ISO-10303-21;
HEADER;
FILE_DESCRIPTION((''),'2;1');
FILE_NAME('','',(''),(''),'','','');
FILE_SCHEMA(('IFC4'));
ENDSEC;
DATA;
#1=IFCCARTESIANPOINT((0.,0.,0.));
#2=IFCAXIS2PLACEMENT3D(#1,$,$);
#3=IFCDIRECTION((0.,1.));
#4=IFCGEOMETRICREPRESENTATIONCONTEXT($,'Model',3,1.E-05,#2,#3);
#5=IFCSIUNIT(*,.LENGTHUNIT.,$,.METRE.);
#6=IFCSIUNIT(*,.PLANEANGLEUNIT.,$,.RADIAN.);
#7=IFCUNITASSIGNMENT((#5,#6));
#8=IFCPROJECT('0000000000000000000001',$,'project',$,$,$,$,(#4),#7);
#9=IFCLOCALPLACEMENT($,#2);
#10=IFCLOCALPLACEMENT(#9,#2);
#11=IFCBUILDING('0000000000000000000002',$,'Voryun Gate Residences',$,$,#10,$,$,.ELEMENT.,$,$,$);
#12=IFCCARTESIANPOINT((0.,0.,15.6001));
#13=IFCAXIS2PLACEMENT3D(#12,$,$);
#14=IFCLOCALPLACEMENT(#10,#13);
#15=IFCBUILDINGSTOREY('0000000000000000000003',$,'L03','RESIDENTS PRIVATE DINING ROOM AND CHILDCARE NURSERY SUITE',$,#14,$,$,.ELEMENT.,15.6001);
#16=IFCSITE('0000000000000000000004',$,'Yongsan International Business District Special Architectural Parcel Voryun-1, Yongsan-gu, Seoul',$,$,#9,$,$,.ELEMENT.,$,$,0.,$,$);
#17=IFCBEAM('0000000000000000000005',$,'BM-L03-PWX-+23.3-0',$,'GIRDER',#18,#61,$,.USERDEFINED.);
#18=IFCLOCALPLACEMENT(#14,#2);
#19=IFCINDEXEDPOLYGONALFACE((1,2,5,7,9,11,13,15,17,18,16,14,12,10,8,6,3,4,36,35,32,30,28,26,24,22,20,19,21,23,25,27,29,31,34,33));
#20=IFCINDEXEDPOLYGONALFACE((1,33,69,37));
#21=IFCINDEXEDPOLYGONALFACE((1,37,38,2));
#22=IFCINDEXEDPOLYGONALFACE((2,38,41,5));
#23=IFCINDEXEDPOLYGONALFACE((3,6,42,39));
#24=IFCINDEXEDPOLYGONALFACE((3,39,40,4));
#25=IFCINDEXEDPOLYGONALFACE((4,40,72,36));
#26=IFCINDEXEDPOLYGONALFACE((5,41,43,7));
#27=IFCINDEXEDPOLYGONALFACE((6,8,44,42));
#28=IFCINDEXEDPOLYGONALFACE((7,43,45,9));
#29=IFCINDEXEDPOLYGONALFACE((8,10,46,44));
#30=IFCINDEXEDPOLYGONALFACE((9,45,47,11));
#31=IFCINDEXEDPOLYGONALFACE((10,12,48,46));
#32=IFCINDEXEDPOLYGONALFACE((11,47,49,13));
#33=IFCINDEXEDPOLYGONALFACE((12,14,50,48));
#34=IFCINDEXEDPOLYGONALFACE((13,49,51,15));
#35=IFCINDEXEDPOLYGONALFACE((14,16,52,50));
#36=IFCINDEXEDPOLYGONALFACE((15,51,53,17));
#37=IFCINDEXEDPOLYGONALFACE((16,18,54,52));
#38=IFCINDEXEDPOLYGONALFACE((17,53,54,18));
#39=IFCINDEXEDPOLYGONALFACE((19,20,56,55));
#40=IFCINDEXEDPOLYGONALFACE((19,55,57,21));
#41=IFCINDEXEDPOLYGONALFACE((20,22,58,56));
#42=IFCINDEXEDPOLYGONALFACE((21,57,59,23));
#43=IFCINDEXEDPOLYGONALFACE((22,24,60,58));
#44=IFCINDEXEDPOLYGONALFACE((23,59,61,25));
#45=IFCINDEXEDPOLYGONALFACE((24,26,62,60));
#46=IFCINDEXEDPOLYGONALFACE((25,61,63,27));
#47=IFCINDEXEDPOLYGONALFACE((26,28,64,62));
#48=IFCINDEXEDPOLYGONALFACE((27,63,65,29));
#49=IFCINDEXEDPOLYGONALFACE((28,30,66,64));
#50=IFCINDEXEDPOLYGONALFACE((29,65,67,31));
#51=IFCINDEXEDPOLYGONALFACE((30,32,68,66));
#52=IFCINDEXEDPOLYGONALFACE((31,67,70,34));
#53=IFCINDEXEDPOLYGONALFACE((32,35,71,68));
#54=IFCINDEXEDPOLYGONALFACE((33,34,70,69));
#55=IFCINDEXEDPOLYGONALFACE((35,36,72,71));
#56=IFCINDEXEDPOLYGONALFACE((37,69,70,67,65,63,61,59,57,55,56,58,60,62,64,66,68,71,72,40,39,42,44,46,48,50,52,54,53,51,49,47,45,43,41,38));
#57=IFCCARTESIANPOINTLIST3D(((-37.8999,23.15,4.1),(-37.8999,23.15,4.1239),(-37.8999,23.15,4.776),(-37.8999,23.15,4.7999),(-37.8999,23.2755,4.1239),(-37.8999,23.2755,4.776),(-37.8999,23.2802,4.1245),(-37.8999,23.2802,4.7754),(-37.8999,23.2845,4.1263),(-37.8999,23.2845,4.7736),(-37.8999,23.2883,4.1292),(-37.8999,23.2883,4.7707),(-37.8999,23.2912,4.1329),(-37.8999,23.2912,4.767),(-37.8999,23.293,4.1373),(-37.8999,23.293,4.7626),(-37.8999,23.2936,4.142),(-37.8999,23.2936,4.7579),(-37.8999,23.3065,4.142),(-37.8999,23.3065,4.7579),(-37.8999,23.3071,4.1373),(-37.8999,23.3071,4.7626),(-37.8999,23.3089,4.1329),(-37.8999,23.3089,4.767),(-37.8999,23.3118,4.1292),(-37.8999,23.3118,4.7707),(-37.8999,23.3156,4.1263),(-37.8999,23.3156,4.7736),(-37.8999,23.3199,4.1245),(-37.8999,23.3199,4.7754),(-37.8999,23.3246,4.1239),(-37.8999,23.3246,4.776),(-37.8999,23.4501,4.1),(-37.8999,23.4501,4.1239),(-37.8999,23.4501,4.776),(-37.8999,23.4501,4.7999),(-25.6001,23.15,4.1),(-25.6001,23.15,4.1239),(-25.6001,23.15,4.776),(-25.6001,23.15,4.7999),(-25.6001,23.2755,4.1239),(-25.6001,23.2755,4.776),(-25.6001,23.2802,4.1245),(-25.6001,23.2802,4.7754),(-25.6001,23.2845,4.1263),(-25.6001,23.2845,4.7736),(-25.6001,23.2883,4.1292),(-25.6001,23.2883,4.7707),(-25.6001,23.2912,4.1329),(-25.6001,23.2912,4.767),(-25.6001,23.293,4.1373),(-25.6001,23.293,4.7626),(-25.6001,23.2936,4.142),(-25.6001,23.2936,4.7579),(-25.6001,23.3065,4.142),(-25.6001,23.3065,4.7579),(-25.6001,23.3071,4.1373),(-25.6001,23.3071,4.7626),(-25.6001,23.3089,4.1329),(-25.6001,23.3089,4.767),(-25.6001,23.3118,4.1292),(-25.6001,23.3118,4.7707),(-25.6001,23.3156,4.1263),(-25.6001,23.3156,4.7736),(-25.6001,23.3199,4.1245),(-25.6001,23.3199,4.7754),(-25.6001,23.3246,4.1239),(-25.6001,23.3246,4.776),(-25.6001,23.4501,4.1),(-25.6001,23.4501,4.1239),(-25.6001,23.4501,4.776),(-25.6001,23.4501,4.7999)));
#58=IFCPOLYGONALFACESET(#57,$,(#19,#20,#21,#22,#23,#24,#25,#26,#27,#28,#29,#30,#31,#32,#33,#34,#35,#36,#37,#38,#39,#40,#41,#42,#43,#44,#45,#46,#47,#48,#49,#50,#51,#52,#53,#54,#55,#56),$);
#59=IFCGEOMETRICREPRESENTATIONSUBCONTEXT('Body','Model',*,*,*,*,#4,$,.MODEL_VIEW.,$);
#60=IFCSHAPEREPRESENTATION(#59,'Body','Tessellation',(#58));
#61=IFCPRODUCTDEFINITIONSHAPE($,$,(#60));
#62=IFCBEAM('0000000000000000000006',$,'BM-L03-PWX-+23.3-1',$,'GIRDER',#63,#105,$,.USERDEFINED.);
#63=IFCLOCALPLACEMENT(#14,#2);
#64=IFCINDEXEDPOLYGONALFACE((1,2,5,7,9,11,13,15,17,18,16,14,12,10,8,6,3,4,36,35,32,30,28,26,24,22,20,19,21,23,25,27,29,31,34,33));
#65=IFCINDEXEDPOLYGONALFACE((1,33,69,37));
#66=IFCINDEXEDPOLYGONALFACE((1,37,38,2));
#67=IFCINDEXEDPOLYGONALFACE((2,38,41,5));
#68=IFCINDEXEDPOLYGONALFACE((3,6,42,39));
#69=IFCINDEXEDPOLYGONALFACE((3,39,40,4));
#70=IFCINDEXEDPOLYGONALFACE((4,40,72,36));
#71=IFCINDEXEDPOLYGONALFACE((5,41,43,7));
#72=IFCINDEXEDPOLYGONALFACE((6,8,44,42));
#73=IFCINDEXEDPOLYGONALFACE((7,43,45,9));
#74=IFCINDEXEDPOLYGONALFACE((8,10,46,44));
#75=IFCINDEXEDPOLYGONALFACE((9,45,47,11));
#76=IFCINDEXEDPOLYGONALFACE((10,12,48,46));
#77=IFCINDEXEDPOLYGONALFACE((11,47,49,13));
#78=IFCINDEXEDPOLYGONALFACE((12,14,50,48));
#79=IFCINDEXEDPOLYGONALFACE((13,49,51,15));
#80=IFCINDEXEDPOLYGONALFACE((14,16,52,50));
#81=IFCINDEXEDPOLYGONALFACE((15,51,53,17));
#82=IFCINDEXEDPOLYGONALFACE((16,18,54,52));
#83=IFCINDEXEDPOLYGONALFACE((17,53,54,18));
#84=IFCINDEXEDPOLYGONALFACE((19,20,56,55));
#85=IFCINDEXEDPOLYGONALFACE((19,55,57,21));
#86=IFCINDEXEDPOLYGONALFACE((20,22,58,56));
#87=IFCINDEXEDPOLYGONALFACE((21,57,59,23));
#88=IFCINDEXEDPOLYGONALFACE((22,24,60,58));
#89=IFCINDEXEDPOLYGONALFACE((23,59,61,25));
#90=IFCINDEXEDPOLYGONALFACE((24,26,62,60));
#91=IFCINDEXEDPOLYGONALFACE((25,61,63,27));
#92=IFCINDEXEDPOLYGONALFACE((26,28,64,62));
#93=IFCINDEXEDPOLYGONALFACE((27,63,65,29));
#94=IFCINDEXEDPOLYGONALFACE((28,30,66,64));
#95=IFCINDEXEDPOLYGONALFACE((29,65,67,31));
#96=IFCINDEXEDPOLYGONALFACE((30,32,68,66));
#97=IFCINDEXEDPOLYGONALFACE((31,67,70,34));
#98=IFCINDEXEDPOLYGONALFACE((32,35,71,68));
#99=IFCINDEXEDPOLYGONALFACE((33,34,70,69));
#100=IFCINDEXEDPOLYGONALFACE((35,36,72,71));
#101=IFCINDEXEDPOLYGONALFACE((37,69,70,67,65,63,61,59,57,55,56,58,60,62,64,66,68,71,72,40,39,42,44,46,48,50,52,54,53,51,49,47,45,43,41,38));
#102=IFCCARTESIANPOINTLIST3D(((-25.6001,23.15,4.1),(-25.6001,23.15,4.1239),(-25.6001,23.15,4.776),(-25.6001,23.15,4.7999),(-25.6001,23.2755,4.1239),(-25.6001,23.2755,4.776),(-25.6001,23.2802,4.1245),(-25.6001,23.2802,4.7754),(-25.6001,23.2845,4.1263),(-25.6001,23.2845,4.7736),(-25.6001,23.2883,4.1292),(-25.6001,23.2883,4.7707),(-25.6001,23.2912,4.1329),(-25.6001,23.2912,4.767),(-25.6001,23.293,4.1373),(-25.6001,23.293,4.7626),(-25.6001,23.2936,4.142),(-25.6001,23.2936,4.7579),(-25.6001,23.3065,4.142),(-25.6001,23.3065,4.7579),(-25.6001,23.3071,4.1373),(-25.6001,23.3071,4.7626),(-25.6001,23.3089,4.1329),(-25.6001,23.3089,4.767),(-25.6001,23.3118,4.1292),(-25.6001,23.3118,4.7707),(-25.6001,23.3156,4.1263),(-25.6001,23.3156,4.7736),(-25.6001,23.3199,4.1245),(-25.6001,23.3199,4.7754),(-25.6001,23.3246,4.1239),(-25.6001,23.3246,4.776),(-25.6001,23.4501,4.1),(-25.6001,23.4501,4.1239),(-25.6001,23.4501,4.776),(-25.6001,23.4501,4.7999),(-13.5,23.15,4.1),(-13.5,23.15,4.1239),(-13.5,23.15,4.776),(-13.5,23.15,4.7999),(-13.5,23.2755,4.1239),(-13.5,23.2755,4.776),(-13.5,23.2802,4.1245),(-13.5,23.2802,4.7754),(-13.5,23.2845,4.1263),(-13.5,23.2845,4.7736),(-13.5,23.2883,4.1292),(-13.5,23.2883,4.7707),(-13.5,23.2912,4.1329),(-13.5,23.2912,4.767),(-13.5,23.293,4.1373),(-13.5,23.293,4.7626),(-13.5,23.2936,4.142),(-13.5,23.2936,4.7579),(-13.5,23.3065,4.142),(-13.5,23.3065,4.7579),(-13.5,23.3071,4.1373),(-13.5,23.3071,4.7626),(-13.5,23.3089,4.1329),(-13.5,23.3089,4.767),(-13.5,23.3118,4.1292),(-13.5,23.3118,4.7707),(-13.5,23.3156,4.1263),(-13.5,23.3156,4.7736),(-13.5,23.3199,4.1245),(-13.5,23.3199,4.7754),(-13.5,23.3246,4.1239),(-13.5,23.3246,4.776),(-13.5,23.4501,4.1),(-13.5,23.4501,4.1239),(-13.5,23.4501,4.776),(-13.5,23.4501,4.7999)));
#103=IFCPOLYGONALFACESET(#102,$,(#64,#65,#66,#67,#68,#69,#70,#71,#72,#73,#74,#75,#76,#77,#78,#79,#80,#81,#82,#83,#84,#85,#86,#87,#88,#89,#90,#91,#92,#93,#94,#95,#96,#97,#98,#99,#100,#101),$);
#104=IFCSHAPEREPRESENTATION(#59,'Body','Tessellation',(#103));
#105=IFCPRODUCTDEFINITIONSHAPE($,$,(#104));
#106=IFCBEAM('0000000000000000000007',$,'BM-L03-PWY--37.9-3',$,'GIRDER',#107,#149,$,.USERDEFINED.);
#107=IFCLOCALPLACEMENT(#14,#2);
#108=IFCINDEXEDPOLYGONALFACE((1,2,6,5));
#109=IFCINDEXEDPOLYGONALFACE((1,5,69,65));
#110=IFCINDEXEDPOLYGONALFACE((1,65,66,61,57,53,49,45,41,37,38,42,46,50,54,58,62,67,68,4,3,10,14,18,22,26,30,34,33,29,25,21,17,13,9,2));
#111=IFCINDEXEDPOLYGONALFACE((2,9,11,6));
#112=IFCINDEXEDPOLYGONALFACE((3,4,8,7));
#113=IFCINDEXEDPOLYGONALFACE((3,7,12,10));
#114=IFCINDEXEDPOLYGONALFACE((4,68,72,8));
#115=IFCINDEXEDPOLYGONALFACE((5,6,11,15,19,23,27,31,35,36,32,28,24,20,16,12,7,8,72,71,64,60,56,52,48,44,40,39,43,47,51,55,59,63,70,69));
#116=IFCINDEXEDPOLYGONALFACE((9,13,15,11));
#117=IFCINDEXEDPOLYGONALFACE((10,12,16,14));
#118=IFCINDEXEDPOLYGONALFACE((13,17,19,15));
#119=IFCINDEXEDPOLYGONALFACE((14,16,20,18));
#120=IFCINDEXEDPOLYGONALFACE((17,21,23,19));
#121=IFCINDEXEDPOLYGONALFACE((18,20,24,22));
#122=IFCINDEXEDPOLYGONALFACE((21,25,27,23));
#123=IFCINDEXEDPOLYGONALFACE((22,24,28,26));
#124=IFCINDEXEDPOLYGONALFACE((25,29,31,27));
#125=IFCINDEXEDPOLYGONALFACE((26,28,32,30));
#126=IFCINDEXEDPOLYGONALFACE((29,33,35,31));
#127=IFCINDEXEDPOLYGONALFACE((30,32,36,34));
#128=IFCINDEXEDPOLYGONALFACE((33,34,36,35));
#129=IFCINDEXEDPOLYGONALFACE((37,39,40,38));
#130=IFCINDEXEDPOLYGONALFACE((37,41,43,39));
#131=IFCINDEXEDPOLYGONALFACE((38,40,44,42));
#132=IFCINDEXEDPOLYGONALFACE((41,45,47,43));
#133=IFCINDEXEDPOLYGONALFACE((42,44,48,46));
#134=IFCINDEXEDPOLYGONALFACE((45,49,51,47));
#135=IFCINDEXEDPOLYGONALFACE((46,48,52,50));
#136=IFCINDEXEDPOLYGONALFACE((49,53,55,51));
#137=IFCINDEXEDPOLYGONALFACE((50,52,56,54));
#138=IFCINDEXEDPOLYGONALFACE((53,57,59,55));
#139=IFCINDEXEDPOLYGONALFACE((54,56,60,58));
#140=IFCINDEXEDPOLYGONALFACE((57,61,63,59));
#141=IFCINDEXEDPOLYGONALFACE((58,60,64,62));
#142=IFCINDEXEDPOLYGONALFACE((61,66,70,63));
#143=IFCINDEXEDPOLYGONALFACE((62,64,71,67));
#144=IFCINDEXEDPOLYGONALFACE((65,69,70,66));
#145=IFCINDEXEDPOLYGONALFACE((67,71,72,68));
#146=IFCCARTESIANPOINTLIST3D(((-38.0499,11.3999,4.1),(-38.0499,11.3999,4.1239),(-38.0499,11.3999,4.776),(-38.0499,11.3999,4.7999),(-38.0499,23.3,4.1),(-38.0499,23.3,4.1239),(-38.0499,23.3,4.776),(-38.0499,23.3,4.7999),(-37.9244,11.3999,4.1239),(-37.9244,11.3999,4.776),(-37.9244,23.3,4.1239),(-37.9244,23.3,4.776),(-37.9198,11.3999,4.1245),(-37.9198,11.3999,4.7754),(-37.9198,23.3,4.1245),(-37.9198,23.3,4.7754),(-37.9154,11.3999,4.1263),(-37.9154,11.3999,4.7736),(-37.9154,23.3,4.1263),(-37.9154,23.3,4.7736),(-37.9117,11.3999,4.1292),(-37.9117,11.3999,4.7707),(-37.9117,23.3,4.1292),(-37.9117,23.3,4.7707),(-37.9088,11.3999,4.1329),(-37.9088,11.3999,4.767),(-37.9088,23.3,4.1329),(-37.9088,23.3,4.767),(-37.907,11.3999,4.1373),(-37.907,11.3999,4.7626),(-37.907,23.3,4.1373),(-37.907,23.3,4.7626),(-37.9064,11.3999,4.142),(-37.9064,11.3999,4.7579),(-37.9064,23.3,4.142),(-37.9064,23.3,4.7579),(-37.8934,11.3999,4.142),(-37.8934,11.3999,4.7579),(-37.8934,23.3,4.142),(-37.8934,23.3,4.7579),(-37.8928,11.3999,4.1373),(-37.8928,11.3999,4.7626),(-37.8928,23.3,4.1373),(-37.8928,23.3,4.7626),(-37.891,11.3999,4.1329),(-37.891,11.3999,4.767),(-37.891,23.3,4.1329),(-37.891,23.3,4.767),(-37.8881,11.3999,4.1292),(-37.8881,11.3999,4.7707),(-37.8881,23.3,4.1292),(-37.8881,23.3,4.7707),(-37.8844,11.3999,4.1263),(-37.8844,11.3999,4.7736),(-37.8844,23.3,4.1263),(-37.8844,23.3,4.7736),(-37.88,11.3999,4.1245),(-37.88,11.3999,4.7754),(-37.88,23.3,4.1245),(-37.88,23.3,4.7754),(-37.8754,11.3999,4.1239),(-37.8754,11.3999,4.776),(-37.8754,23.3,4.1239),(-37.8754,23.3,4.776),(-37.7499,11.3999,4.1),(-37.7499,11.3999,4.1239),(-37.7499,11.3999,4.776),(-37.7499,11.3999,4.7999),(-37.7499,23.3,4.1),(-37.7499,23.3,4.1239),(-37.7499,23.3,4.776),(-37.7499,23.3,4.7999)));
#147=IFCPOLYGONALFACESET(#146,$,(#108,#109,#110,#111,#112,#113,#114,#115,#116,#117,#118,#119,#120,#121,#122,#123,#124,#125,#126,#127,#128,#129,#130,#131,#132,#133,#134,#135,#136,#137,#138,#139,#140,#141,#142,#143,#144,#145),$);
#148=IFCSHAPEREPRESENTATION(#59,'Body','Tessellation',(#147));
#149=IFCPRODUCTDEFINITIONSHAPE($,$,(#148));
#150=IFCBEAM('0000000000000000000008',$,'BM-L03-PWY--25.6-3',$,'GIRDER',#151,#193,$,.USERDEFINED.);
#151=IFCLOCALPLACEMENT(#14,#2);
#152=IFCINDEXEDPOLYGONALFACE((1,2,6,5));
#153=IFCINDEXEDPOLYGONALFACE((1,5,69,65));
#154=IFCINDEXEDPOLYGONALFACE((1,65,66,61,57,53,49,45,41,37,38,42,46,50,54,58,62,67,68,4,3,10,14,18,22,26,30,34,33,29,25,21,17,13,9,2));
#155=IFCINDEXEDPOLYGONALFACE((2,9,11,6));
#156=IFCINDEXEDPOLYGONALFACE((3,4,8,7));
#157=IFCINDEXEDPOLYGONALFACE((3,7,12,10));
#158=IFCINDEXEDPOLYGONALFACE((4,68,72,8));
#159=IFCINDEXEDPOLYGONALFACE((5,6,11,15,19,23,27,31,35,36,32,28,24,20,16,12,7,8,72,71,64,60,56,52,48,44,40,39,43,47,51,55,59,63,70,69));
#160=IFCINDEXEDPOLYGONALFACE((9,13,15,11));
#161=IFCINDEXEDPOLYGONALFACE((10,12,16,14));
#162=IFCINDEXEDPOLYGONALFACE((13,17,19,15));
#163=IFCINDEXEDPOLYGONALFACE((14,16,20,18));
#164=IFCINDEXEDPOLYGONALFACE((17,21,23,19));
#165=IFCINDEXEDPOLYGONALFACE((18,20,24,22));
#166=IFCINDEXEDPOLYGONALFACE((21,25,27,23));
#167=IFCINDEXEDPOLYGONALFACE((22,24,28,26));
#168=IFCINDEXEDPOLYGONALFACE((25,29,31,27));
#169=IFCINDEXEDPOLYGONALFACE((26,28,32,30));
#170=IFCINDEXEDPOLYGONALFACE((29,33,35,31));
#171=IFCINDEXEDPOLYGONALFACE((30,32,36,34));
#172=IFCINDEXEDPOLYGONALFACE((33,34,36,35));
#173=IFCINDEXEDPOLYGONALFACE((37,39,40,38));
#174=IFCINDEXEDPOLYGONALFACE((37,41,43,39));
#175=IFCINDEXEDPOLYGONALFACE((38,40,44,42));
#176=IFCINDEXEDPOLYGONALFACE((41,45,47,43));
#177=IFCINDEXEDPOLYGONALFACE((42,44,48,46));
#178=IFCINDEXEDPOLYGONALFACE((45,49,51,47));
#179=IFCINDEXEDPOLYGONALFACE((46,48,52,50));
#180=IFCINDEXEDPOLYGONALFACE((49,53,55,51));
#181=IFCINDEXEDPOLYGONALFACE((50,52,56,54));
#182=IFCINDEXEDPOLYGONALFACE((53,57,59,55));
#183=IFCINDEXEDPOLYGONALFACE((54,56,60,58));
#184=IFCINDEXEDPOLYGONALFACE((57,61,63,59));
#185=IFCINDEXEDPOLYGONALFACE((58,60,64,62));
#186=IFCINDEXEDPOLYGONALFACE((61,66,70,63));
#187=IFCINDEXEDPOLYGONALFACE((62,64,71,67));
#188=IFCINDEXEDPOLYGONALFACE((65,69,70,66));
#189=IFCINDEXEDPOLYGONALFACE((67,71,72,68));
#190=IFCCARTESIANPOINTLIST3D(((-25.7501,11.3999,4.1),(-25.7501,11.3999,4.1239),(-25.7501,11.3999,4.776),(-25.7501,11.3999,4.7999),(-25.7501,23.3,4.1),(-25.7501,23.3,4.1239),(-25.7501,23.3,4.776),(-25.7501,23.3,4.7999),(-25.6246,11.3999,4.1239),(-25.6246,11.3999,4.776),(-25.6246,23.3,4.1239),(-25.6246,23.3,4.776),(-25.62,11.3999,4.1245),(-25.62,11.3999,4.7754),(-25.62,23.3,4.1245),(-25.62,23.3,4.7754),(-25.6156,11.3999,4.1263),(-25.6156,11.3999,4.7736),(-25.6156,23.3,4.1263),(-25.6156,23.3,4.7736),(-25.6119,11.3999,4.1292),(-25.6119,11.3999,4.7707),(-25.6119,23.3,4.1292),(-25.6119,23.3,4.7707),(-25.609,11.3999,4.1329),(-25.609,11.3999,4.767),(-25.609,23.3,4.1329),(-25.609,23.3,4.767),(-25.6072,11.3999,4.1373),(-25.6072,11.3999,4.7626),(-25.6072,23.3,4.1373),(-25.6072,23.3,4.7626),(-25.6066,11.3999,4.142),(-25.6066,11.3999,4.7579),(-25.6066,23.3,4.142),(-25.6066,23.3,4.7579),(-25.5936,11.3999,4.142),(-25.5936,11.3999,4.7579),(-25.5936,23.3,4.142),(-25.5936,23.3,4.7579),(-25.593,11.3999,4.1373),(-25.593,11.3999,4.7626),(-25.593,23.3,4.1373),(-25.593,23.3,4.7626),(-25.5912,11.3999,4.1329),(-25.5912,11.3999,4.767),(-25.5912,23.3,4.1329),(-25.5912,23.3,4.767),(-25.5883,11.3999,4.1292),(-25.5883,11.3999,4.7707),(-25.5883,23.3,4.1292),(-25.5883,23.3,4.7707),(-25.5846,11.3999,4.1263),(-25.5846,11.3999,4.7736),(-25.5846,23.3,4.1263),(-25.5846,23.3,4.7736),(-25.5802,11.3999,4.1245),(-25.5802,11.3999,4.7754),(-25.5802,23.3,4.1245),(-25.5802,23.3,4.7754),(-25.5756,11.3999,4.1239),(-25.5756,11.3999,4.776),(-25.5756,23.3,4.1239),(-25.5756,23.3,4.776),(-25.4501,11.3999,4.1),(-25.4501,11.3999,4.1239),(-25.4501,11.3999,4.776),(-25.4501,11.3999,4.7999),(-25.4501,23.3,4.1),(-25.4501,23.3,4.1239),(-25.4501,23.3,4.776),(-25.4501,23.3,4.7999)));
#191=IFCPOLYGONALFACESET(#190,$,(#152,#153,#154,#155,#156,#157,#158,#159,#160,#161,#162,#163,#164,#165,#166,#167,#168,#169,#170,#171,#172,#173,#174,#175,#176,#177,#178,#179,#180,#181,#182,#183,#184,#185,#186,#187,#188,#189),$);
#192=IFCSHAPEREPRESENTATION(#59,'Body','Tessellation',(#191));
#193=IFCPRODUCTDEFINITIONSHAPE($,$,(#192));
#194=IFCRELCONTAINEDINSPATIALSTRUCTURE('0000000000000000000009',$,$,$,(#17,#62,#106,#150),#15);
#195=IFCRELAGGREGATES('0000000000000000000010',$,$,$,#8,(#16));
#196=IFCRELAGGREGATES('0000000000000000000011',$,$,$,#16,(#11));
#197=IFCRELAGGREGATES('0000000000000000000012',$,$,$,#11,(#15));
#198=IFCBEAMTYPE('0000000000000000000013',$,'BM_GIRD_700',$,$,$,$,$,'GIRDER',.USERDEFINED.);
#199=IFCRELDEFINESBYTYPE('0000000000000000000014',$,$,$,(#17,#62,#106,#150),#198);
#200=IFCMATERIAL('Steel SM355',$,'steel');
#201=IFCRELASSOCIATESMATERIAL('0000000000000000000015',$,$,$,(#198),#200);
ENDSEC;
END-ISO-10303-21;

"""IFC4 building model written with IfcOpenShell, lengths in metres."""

from ifc_helpers import new_model, si_unit, direction, frame, origin, origin_2d, place, context, subcontext, project, spatial, i_section, extrude, material, material_profile, profile_set, type_object, element, save


model = new_model("IFC4")

# Units and contexts
model_context = context("Model", 3, precision=1e-05, world=origin(), true_north=direction((0.0, 1.0)))
body_context = subcontext(model_context, "Body", "Model", "MODEL_VIEW")
ifc_project = project(units=[si_unit("LENGTHUNIT", "METRE"), si_unit("PLANEANGLEUNIT", "RADIAN")], contexts=[model_context])

# Site, building, storey
site_placement = place(None, origin())
site = spatial("IfcSite", under=ifc_project, at=site_placement, Name="Yongsan International Business District Special Architectural Parcel Voryun-1, Yongsan-gu, Seoul", CompositionType="ELEMENT", RefElevation=0.0)
building_placement = place(site_placement, origin())
building = spatial("IfcBuilding", under=site, at=building_placement, Name="Voryun Gate Residences", CompositionType="ELEMENT")
storey_placement = place(building_placement, frame((0.0, 0.0, 15.6001)))
storey = spatial("IfcBuildingStorey", under=building, at=storey_placement, Name="L03", Description="RESIDENTS PRIVATE DINING ROOM AND CHILDCARE NURSERY SUITE", CompositionType="ELEMENT", Elevation=15.6001)

# Beams
ifc_material_1 = material(Name="Steel SM355", Category="steel")
ifc_material_profile_1 = material_profile(ifc_material_1, i_section(OverallWidth=0.3, OverallDepth=0.7, WebThickness=0.0129, FlangeThickness=0.0239, FilletRadius=0.0181, at=origin_2d()), Name="H-700x300x13x24")
ifc_profile_set_1 = profile_set([ifc_material_profile_1], Name="Steel SM355")
beam_type_1 = type_object("IfcBeamType", Name="BM_GIRD_700", ElementType="GIRDER", PredefinedType="USERDEFINED", material=ifc_profile_set_1)
beam_1_placement = place(storey_placement, frame((-37.8999, 23.3, 4.45), z_axis=(1.0, 0.0, 0.0), x_axis=(0.0, 1.0, 0.0)))
element("IfcBeam", 1, at=beam_1_placement, inside=storey, type_object=beam_type_1, Name="BM-L03-PWX-+23.3-0", ObjectType="GIRDER", PredefinedType="USERDEFINED", context=body_context, shape_type="SweptSolid", body=[
    extrude(i_section(OverallWidth=0.3, OverallDepth=0.7, WebThickness=0.0129, FlangeThickness=0.0239, FilletRadius=0.0181, at=origin_2d()), origin(), (0.0, 0.0, 1.0), 12.2998),
])
beam_2_placement = place(storey_placement, frame((-25.6001, 23.3, 4.45), z_axis=(1.0, 0.0, 0.0), x_axis=(0.0, 1.0, 0.0)))
element("IfcBeam", 2, at=beam_2_placement, inside=storey, type_object=beam_type_1, Name="BM-L03-PWX-+23.3-1", ObjectType="GIRDER", PredefinedType="USERDEFINED", context=body_context, shape_type="SweptSolid", body=[
    extrude(i_section(OverallWidth=0.3, OverallDepth=0.7, WebThickness=0.0129, FlangeThickness=0.0239, FilletRadius=0.0181, at=origin_2d()), origin(), (0.0, 0.0, 1.0), 12.1001),
])
for number, where, z_axis, x_axis, name in (
    (3, (-37.8999, 11.3999, 4.45), (0.0, 1.0, 0.0), (-1.0, 0.0, 0.0), "BM-L03-PWY--37.9-3"),
    (4, (-25.6001, 11.3999, 4.45), (0.0, 1.0, 0.0), (-1.0, 0.0, 0.0), "BM-L03-PWY--25.6-3"),
):
    element("IfcBeam", number, at=place(storey_placement, frame(where, z_axis=z_axis, x_axis=x_axis)), inside=storey, type_object=beam_type_1, Name=name, ObjectType="GIRDER", PredefinedType="USERDEFINED", context=body_context, shape_type="SweptSolid", body=[
        extrude(i_section(OverallWidth=0.3, OverallDepth=0.7, WebThickness=0.0129, FlangeThickness=0.0239, FilletRadius=0.0181, at=origin_2d()), origin(), (0.0, 0.0, 1.0), 11.9001),
    ])

save(model, "model.ifc")
